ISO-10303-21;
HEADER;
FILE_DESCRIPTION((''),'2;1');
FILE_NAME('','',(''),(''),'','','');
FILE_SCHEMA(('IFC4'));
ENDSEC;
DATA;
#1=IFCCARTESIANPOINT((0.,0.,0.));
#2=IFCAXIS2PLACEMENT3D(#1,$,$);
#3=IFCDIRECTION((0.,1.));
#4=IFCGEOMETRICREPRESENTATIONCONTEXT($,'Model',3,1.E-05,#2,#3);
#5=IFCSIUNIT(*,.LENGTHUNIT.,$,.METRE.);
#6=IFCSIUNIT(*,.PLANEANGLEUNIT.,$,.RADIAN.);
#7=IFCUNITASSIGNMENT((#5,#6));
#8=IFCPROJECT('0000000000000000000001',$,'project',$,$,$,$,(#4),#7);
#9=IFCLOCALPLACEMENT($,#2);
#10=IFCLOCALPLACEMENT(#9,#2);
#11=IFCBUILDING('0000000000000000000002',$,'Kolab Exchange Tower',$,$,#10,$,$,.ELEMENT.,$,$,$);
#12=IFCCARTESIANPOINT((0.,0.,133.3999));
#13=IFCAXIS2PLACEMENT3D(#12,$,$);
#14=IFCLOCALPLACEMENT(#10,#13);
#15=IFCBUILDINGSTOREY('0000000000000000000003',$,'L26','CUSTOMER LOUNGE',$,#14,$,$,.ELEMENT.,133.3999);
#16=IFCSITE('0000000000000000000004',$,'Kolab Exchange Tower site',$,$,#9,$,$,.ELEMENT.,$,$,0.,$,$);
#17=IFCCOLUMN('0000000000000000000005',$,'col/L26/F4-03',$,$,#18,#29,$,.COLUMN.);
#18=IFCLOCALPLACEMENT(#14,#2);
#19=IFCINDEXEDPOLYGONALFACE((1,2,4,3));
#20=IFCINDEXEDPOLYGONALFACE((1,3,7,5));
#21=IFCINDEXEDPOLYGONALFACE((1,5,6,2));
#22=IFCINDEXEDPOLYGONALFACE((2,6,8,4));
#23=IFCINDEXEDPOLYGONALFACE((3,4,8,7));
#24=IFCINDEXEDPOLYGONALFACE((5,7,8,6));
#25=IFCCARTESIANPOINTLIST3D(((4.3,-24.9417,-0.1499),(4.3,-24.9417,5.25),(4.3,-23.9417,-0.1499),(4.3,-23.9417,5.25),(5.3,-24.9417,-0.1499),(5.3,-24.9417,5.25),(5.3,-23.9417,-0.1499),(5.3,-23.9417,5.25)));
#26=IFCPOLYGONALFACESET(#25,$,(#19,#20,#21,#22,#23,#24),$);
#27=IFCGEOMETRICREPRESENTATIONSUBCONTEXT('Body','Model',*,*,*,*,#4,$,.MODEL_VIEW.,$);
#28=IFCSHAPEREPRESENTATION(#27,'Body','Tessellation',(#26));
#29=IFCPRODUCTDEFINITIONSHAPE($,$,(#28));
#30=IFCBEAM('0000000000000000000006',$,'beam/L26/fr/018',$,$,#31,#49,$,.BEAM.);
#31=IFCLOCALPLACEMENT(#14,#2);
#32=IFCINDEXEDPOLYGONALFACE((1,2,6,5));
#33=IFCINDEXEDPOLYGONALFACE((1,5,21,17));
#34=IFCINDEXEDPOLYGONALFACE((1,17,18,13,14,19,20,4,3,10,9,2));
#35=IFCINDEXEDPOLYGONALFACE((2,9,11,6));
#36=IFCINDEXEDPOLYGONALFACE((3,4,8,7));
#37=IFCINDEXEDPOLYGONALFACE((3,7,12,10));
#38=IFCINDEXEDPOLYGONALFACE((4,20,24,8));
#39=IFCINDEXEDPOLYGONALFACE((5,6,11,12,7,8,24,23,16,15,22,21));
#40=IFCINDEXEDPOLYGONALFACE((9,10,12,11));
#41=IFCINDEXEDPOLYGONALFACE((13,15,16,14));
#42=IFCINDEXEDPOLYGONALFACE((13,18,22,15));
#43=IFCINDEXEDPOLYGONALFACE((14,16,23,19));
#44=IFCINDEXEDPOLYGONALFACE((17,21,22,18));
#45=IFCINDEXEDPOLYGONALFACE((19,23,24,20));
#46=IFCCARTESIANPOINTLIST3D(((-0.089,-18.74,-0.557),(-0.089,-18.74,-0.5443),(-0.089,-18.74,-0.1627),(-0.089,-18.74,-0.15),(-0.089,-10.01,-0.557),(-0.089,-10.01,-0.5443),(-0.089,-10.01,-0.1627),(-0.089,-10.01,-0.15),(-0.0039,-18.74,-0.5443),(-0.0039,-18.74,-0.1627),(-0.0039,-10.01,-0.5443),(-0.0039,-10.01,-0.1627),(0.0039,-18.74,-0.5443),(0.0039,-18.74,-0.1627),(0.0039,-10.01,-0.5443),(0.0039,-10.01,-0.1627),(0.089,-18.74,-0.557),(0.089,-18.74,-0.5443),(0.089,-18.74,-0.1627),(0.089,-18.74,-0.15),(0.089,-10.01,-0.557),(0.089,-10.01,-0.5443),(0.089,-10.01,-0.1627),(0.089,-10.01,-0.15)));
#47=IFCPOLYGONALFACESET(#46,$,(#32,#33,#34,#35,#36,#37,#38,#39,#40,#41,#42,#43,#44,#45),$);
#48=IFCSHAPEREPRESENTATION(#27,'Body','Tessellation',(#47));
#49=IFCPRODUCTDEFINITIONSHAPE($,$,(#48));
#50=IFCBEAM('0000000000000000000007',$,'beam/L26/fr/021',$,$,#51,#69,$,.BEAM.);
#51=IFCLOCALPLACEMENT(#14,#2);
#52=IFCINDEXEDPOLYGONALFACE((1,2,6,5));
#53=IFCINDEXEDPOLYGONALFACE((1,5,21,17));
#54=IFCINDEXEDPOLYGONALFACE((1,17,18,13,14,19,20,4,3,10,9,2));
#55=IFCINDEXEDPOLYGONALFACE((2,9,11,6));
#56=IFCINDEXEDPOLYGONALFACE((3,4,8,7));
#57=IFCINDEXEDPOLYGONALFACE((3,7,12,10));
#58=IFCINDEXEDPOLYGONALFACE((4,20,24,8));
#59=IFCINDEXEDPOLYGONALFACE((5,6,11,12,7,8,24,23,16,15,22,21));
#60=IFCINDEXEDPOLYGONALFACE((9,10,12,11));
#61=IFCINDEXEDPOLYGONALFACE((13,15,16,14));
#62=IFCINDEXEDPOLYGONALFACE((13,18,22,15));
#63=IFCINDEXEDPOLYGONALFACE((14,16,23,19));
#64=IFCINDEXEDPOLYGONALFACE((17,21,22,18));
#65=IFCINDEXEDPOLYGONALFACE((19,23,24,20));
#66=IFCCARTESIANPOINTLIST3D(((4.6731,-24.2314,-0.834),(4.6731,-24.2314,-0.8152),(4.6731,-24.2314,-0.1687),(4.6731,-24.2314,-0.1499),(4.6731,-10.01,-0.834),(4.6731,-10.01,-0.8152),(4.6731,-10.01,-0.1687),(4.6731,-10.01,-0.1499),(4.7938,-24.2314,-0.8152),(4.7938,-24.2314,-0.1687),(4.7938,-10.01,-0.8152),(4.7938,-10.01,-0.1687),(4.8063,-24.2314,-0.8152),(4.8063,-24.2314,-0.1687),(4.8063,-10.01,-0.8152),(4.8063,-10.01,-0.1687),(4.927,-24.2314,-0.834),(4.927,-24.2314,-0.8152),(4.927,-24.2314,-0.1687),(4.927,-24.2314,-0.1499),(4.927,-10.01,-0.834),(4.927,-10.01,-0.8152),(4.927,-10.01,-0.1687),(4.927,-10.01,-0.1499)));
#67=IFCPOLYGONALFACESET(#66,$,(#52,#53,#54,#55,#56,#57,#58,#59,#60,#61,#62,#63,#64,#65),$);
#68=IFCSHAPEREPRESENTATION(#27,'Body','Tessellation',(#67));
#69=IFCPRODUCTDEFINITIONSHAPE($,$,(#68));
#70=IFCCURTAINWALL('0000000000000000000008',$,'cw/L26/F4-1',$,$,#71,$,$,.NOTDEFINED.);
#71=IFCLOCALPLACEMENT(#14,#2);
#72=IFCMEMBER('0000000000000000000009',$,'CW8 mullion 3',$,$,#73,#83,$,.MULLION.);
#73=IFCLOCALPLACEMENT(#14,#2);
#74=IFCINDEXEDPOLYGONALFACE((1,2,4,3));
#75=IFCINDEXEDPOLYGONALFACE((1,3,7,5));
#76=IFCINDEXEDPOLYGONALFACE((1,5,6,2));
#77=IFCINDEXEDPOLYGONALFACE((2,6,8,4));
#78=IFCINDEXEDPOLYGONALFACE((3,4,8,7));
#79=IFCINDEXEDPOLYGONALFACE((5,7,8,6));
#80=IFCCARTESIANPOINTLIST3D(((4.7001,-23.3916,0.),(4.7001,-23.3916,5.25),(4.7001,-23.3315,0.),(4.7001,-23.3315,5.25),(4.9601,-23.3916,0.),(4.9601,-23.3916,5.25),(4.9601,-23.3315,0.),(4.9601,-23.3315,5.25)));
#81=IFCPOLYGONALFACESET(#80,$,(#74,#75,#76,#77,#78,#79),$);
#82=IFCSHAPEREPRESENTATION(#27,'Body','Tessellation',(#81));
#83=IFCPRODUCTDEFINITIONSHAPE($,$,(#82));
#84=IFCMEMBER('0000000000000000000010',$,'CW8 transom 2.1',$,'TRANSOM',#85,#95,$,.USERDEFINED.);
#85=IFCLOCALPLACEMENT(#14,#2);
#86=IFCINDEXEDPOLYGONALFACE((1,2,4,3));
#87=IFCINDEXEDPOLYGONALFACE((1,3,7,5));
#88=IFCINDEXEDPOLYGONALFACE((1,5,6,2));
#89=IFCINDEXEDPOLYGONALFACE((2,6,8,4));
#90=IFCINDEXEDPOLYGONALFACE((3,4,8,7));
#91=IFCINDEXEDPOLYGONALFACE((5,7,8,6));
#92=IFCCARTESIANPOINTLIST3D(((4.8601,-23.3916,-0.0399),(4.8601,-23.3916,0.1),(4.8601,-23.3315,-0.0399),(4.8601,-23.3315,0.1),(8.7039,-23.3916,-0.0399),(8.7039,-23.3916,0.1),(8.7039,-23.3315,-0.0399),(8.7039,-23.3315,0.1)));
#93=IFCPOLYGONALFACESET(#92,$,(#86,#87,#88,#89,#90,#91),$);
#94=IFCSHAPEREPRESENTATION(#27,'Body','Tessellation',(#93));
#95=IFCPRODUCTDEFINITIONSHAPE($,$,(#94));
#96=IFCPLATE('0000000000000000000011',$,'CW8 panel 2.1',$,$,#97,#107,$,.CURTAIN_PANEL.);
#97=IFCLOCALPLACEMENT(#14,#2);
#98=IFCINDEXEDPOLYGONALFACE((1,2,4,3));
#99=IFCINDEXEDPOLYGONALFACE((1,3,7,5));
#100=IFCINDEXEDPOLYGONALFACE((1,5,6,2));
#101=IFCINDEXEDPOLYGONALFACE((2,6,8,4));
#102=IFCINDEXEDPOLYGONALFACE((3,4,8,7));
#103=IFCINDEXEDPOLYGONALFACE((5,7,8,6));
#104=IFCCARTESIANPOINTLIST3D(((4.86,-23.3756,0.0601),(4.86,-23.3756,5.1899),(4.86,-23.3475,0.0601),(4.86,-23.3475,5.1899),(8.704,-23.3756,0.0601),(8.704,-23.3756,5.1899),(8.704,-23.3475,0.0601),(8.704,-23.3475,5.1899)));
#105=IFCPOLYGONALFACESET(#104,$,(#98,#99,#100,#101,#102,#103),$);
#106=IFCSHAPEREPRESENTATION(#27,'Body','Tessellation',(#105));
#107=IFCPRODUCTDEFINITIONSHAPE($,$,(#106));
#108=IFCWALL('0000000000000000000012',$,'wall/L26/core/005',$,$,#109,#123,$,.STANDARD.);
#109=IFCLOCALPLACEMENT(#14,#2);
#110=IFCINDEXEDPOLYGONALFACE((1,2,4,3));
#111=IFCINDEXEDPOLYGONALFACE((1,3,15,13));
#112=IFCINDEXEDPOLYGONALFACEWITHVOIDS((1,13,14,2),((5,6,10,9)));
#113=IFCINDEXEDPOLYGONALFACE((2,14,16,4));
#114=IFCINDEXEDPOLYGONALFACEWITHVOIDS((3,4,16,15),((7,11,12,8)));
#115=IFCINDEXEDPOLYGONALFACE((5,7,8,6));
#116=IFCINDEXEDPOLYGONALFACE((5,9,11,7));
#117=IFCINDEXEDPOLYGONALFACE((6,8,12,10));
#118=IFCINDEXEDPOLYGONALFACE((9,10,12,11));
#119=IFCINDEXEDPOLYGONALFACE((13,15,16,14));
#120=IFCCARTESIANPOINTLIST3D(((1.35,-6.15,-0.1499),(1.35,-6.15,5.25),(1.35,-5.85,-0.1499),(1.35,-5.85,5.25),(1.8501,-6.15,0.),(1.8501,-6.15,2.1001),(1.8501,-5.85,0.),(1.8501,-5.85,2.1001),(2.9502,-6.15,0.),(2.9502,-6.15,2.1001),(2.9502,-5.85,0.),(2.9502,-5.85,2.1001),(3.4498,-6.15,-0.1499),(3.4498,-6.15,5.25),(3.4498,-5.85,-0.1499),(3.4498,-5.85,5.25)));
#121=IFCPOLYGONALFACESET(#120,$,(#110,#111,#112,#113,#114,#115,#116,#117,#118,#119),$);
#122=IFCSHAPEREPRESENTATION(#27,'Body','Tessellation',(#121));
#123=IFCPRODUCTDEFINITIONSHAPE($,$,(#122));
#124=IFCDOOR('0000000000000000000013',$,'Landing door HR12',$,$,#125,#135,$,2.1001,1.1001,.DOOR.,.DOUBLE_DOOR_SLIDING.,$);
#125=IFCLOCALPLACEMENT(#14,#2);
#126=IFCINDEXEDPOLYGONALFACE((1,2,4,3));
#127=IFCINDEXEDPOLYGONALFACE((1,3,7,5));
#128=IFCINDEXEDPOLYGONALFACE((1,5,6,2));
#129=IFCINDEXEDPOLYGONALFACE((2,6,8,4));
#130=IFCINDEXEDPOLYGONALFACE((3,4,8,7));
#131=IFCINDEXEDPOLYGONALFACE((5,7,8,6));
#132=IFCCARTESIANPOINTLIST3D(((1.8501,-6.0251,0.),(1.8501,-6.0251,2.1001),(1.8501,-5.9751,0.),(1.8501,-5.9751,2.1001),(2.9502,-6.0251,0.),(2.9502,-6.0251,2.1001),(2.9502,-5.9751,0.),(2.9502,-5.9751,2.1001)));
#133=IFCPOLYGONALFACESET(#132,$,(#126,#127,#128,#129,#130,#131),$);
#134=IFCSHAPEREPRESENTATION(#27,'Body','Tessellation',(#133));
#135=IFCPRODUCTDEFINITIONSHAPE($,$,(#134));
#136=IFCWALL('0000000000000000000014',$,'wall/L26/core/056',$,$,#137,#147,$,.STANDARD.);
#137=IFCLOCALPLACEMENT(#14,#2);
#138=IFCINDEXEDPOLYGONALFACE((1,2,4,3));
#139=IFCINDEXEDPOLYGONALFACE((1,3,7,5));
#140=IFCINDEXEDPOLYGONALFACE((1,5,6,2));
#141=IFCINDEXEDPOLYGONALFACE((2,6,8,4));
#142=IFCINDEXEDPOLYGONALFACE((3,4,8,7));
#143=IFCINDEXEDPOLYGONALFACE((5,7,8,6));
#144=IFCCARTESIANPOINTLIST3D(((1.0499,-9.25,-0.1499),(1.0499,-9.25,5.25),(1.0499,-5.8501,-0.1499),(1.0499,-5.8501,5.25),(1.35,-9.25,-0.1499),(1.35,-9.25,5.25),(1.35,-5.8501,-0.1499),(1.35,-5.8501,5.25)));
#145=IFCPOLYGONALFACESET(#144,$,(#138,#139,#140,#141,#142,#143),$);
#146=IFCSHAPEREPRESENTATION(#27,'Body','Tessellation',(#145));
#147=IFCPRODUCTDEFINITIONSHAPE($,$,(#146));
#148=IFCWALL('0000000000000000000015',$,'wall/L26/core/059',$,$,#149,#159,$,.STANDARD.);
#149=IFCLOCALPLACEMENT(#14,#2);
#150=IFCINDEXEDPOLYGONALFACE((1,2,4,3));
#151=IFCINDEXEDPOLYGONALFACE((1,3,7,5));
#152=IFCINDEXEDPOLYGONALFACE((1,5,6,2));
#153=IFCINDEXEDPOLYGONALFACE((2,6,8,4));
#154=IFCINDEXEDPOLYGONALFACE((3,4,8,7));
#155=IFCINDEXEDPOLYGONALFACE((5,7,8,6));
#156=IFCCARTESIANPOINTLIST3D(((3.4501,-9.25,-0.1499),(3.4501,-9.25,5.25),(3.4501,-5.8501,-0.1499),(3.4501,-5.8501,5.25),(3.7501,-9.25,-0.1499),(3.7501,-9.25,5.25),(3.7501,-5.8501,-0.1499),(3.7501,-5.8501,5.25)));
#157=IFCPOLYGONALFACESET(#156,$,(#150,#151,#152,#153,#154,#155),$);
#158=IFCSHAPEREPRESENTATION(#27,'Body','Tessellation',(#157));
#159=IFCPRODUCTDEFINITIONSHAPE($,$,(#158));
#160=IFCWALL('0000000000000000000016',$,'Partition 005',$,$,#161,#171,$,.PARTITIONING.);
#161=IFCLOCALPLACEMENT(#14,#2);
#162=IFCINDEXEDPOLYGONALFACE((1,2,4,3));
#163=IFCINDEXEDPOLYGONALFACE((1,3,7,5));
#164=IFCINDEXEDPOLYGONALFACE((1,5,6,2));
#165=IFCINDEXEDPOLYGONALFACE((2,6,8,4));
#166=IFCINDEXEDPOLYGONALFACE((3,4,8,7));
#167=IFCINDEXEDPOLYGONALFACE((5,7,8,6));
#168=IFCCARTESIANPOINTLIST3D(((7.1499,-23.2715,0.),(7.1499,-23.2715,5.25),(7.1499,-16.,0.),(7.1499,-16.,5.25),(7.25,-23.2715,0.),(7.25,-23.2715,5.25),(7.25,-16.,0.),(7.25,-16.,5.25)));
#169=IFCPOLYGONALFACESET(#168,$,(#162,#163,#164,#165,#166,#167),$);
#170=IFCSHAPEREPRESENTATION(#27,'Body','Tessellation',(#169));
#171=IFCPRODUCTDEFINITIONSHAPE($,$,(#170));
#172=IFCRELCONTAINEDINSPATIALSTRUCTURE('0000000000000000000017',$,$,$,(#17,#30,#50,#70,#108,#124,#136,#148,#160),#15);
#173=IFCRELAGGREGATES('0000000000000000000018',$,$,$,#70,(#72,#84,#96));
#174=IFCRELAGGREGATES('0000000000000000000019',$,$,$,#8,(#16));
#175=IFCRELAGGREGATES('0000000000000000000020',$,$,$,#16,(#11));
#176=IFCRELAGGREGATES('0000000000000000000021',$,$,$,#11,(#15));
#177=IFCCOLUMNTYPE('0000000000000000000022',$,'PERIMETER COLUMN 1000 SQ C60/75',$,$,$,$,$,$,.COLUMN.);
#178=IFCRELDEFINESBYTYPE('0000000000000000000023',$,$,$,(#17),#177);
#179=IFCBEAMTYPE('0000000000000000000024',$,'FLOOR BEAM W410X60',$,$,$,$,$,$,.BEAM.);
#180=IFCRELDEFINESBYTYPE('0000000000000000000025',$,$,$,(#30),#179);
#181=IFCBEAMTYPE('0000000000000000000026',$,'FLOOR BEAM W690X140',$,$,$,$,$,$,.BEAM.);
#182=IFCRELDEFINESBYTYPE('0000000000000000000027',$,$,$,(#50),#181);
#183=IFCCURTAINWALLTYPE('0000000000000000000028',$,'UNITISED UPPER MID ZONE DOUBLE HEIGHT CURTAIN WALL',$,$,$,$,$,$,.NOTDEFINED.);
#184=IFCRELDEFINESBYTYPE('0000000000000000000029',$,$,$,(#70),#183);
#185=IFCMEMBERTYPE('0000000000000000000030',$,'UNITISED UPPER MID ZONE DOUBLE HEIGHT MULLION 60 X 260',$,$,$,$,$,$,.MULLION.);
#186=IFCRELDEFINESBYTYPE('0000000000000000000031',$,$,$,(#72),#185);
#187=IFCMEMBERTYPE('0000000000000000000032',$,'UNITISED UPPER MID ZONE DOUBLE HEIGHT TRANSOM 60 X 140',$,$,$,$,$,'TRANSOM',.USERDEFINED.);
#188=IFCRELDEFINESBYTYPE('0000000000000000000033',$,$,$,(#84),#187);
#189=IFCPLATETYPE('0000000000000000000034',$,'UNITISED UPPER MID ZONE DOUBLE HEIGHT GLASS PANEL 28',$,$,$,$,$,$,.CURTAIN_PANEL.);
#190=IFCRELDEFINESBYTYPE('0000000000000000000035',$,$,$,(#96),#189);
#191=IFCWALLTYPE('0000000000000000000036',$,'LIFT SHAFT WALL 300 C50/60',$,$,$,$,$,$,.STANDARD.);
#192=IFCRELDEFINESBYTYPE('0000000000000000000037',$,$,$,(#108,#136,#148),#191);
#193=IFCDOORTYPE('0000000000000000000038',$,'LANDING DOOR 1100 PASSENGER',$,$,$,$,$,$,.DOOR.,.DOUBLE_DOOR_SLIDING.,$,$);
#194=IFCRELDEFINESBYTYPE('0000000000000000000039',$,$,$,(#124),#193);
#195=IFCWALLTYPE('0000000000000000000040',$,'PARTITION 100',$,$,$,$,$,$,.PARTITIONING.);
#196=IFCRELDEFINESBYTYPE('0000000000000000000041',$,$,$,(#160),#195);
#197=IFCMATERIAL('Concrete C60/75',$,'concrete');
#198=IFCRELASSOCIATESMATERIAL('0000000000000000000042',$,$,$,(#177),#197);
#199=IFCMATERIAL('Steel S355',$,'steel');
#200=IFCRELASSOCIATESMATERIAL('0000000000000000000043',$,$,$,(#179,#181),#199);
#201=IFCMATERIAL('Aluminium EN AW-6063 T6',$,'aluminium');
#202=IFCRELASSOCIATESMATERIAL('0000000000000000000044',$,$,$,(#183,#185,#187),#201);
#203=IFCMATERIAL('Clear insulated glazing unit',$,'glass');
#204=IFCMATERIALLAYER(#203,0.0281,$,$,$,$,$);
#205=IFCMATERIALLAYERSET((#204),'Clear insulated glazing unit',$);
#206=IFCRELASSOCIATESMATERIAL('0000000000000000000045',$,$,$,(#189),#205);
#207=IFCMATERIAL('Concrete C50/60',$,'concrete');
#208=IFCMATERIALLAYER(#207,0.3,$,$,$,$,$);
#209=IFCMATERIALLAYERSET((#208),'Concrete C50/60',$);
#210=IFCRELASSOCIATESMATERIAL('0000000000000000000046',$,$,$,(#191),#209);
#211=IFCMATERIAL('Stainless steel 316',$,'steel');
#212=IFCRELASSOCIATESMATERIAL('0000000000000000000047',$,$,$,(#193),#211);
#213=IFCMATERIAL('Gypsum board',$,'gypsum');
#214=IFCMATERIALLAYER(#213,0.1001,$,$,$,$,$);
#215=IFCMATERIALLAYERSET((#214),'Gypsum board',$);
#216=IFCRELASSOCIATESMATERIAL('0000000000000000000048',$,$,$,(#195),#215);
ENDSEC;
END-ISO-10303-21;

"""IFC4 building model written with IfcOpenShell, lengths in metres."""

from ifc_helpers import new_model, si_unit, direction, frame, frame_2d, origin, origin_2d, place, context, subcontext, project, spatial, rectangle, i_section, extrude, material, layer, layer_set, material_profile, profile_set, type_object, element, fill, aggregate, save


model = new_model("IFC4")

# Units and contexts
model_context = context("Model", 3, precision=1e-05, world=origin(), true_north=direction((0.0, 1.0)))
body_context = subcontext(model_context, "Body", "Model", "MODEL_VIEW")
ifc_project = project(units=[si_unit("LENGTHUNIT", "METRE"), si_unit("PLANEANGLEUNIT", "RADIAN")], contexts=[model_context])

# Site, building, storey
site_placement = place(None, origin())
site = spatial("IfcSite", under=ifc_project, at=site_placement, Name="Kolab Exchange Tower site", CompositionType="ELEMENT", RefElevation=0.0)
building_placement = place(site_placement, origin())
building = spatial("IfcBuilding", under=site, at=building_placement, Name="Kolab Exchange Tower", CompositionType="ELEMENT")
storey_placement = place(building_placement, frame((0.0, 0.0, 133.3999)))
storey = spatial("IfcBuildingStorey", under=building, at=storey_placement, Name="L26", Description="CUSTOMER LOUNGE", CompositionType="ELEMENT", Elevation=133.3999)

# Column
ifc_material_1 = material(Name="Concrete C60/75", Category="concrete")
ifc_material_profile_1 = material_profile(ifc_material_1, rectangle(XDim=1.0, YDim=1.0, at=origin_2d()), Name="RC1000")
ifc_profile_set_1 = profile_set([ifc_material_profile_1], Name="Concrete C60/75")
column_type = type_object("IfcColumnType", Name="PERIMETER COLUMN 1000 SQ C60/75", PredefinedType="COLUMN", material=ifc_profile_set_1)
column_placement = place(storey_placement, frame((4.8, -24.4417, -0.1499), z_axis=(0.0, 0.0, 1.0), x_axis=(1.0, 0.0, 0.0)))
element("IfcColumn", 1, at=column_placement, inside=storey, type_object=column_type, Name="col/L26/F4-03", PredefinedType="COLUMN", context=body_context, shape_type="SweptSolid", body=[
    extrude(rectangle(XDim=1.0, YDim=1.0, at=origin_2d()), origin(), (0.0, 0.0, 1.0), 5.3999),
])

# Beams
ifc_material_2 = material(Name="Steel S355", Category="steel")
ifc_material_profile_2 = material_profile(ifc_material_2, i_section(OverallWidth=0.178, OverallDepth=0.407, WebThickness=0.0078, FlangeThickness=0.0127, at=origin_2d()), Name="W410X60")
ifc_profile_set_2 = profile_set([ifc_material_profile_2], Name="Steel S355")
beam_type_1 = type_object("IfcBeamType", Name="FLOOR BEAM W410X60", PredefinedType="BEAM", material=ifc_profile_set_2)
beam_1_placement = place(storey_placement, frame((0.0, -18.74, -0.3535), z_axis=(0.0, 1.0, 0.0), x_axis=(-1.0, 0.0, 0.0)))
element("IfcBeam", 2, at=beam_1_placement, inside=storey, type_object=beam_type_1, Name="beam/L26/fr/018", PredefinedType="BEAM", context=body_context, shape_type="SweptSolid", body=[
    extrude(i_section(OverallWidth=0.178, OverallDepth=0.407, WebThickness=0.0078, FlangeThickness=0.0127, at=origin_2d()), origin(), (0.0, 0.0, 1.0), 8.73),
])
ifc_material_profile_3 = material_profile(ifc_material_2, i_section(OverallWidth=0.2539, OverallDepth=0.6841, WebThickness=0.0125, FlangeThickness=0.0188, at=origin_2d()), Name="W690X140")
ifc_profile_set_3 = profile_set([ifc_material_profile_3], Name="Steel S355")
beam_type_2 = type_object("IfcBeamType", Name="FLOOR BEAM W690X140", PredefinedType="BEAM", material=ifc_profile_set_3)
beam_2_placement = place(storey_placement, frame((4.8, -24.2314, -0.4919), z_axis=(0.0, 1.0, 0.0), x_axis=(-1.0, 0.0, 0.0)))
element("IfcBeam", 3, at=beam_2_placement, inside=storey, type_object=beam_type_2, Name="beam/L26/fr/021", PredefinedType="BEAM", context=body_context, shape_type="SweptSolid", body=[
    extrude(i_section(OverallWidth=0.2539, OverallDepth=0.6841, WebThickness=0.0125, FlangeThickness=0.0188, at=origin_2d()), origin(), (0.0, 0.0, 1.0), 14.2214),
])

# Curtain wall, members, plate
ifc_material_3 = material(Name="Aluminium EN AW-6063 T6", Category="aluminium")
curtain_wall_type = type_object("IfcCurtainWallType", Name="UNITISED UPPER MID ZONE DOUBLE HEIGHT CURTAIN WALL", PredefinedType="NOTDEFINED", material=ifc_material_3)
curtain_wall_placement = place(storey_placement, origin())
curtain_wall = element("IfcCurtainWall", 4, at=curtain_wall_placement, inside=storey, type_object=curtain_wall_type, Name="cw/L26/F4-1", PredefinedType="NOTDEFINED")
ifc_material_profile_4 = material_profile(ifc_material_3, rectangle(XDim=0.0601, YDim=0.26, at=origin_2d()), Name="RECT 60X260")
ifc_profile_set_4 = profile_set([ifc_material_profile_4], Name="Aluminium EN AW-6063 T6")
member_type_1 = type_object("IfcMemberType", Name="UNITISED UPPER MID ZONE DOUBLE HEIGHT MULLION 60 X 260", PredefinedType="MULLION", material=ifc_profile_set_4)
member_1_placement = place(storey_placement, frame((4.8301, -23.3616, 0.0), z_axis=(0.0, 0.0, 1.0), x_axis=(0.0, -1.0, 0.0)))
member_1 = element("IfcMember", 5, at=member_1_placement, type_object=member_type_1, Name="CW8 mullion 3", PredefinedType="MULLION", context=body_context, shape_type="SweptSolid", body=[
    extrude(rectangle(XDim=0.0601, YDim=0.26, at=origin_2d()), origin(), (0.0, 0.0, 1.0), 5.25),
])
ifc_material_profile_5 = material_profile(ifc_material_3, rectangle(XDim=0.0601, YDim=0.1399, at=origin_2d()), Name="RECT 60X140")
ifc_profile_set_5 = profile_set([ifc_material_profile_5], Name="Aluminium EN AW-6063 T6")
member_type_2 = type_object("IfcMemberType", Name="UNITISED UPPER MID ZONE DOUBLE HEIGHT TRANSOM 60 X 140", ElementType="TRANSOM", PredefinedType="USERDEFINED", material=ifc_profile_set_5)
member_2_placement = place(storey_placement, frame((8.7039, -23.3616, 0.03), z_axis=(-1.0, 0.0, 0.0), x_axis=(0.0, -1.0, 0.0)))
member_2 = element("IfcMember", 6, at=member_2_placement, type_object=member_type_2, Name="CW8 transom 2.1", ObjectType="TRANSOM", PredefinedType="USERDEFINED", context=body_context, shape_type="SweptSolid", body=[
    extrude(rectangle(XDim=0.0601, YDim=0.1399, at=origin_2d()), origin(), (0.0, 0.0, 1.0), 3.8438),
])
ifc_material_4 = material(Name="Clear insulated glazing unit", Category="glass")
ifc_layer_1 = layer(ifc_material_4, 0.0281)
ifc_layer_set_1 = layer_set([ifc_layer_1], Name="Clear insulated glazing unit")
plate_type = type_object("IfcPlateType", Name="UNITISED UPPER MID ZONE DOUBLE HEIGHT GLASS PANEL 28", PredefinedType="CURTAIN_PANEL", material=ifc_layer_set_1)
plate_placement = place(storey_placement, frame((6.782, -23.3616, 0.0601), z_axis=(0.0, 0.0, 1.0), x_axis=(-1.0, 0.0, 0.0)))
plate = element("IfcPlate", 7, at=plate_placement, type_object=plate_type, Name="CW8 panel 2.1", PredefinedType="CURTAIN_PANEL", context=body_context, shape_type="SweptSolid", body=[
    extrude(rectangle(XDim=3.844, YDim=0.0281, at=origin_2d()), origin(), (0.0, 0.0, 1.0), 5.1299),
])
aggregate(curtain_wall, [member_1, member_2, plate])

# Wall, opening, door
ifc_material_5 = material(Name="Concrete C50/60", Category="concrete")
ifc_layer_2 = layer(ifc_material_5, 0.3)
ifc_layer_set_2 = layer_set([ifc_layer_2], Name="Concrete C50/60")
wall_type_1 = type_object("IfcWallType", Name="LIFT SHAFT WALL 300 C50/60", PredefinedType="STANDARD", material=ifc_layer_set_2)
wall_1_placement = place(storey_placement, frame((1.3501, -6.0, -0.1499), z_axis=(0.0, 0.0, 1.0), x_axis=(1.0, 0.0, 0.0)))
wall_1 = element("IfcWall", 8, at=wall_1_placement, inside=storey, type_object=wall_type_1, Name="wall/L26/core/005", PredefinedType="STANDARD", context=body_context, shape_type="SweptSolid", body=[
    extrude(rectangle(XDim=2.0999, YDim=0.3, at=frame_2d((1.0498, 0.0))), origin(), (0.0, 0.0, 1.0), 5.3999),
])
opening_1_placement = place(wall_1_placement, frame((0.5, 0.0, 0.1499)))
opening_1 = element("IfcOpeningElement", 9, at=opening_1_placement, cuts=wall_1, PredefinedType="OPENING", context=body_context, shape_type="SweptSolid", body=[
    extrude(rectangle(XDim=1.1001, YDim=2.1001, at=frame_2d((0.55, 1.05))), frame((0.0, 0.1602, 0.0), z_axis=(0.0, -1.0, 0.0), x_axis=(1.0, 0.0, 0.0)), (0.0, 0.0, 1.0), 0.3201),
])
ifc_material_6 = material(Name="Stainless steel 316", Category="steel")
door_type_1 = type_object("IfcDoorType", Name="LANDING DOOR 1100 PASSENGER", OperationType="DOUBLE_DOOR_SLIDING", PredefinedType="DOOR", material=ifc_material_6)
door_1_placement = place(opening_1_placement, origin())
door_1 = element("IfcDoor", 10, at=door_1_placement, inside=storey, type_object=door_type_1, Name="Landing door HR12", OperationType="DOUBLE_DOOR_SLIDING", OverallHeight=2.1001, OverallWidth=1.1001, PredefinedType="DOOR", context=body_context, shape_type="SweptSolid", body=[
    extrude(rectangle(XDim=1.1001, YDim=2.1001, at=frame_2d((0.55, 1.05))), frame((0.0, 0.0249, 0.0), z_axis=(0.0, -1.0, 0.0), x_axis=(1.0, 0.0, 0.0)), (0.0, 0.0, 1.0), 0.05),
])
fill(opening_1, door_1)

# Walls
for number, where, z_axis, x_axis, name in (
    (11, (1.2, -9.25, -0.1499), (0.0, 0.0, 1.0), (0.0, 1.0, 0.0), "wall/L26/core/056"),
    (12, (3.6001, -9.25, -0.1499), (0.0, 0.0, 1.0), (0.0, 1.0, 0.0), "wall/L26/core/059"),
):
    element("IfcWall", number, at=place(storey_placement, frame(where, z_axis=z_axis, x_axis=x_axis)), inside=storey, type_object=wall_type_1, Name=name, PredefinedType="STANDARD", context=body_context, shape_type="SweptSolid", body=[
        extrude(rectangle(XDim=3.3999, YDim=0.3, at=frame_2d((1.7, 0.0))), origin(), (0.0, 0.0, 1.0), 5.3999),
    ])
ifc_material_7 = material(Name="Gypsum board", Category="gypsum")
ifc_layer_3 = layer(ifc_material_7, 0.1001)
ifc_layer_set_3 = layer_set([ifc_layer_3], Name="Gypsum board")
wall_type_2 = type_object("IfcWallType", Name="PARTITION 100", PredefinedType="PARTITIONING", material=ifc_layer_set_3)
wall_2_placement = place(storey_placement, frame((7.2, -23.2715, 0.0), z_axis=(0.0, 0.0, 1.0), x_axis=(0.0, 1.0, 0.0)))
element("IfcWall", 13, at=wall_2_placement, inside=storey, type_object=wall_type_2, Name="Partition 005", PredefinedType="PARTITIONING", context=body_context, shape_type="SweptSolid", body=[
    extrude(rectangle(XDim=7.2715, YDim=0.1001, at=frame_2d((3.6357, 0.0))), origin(), (0.0, 0.0, 1.0), 5.25),
])

save(model, "model.ifc")
